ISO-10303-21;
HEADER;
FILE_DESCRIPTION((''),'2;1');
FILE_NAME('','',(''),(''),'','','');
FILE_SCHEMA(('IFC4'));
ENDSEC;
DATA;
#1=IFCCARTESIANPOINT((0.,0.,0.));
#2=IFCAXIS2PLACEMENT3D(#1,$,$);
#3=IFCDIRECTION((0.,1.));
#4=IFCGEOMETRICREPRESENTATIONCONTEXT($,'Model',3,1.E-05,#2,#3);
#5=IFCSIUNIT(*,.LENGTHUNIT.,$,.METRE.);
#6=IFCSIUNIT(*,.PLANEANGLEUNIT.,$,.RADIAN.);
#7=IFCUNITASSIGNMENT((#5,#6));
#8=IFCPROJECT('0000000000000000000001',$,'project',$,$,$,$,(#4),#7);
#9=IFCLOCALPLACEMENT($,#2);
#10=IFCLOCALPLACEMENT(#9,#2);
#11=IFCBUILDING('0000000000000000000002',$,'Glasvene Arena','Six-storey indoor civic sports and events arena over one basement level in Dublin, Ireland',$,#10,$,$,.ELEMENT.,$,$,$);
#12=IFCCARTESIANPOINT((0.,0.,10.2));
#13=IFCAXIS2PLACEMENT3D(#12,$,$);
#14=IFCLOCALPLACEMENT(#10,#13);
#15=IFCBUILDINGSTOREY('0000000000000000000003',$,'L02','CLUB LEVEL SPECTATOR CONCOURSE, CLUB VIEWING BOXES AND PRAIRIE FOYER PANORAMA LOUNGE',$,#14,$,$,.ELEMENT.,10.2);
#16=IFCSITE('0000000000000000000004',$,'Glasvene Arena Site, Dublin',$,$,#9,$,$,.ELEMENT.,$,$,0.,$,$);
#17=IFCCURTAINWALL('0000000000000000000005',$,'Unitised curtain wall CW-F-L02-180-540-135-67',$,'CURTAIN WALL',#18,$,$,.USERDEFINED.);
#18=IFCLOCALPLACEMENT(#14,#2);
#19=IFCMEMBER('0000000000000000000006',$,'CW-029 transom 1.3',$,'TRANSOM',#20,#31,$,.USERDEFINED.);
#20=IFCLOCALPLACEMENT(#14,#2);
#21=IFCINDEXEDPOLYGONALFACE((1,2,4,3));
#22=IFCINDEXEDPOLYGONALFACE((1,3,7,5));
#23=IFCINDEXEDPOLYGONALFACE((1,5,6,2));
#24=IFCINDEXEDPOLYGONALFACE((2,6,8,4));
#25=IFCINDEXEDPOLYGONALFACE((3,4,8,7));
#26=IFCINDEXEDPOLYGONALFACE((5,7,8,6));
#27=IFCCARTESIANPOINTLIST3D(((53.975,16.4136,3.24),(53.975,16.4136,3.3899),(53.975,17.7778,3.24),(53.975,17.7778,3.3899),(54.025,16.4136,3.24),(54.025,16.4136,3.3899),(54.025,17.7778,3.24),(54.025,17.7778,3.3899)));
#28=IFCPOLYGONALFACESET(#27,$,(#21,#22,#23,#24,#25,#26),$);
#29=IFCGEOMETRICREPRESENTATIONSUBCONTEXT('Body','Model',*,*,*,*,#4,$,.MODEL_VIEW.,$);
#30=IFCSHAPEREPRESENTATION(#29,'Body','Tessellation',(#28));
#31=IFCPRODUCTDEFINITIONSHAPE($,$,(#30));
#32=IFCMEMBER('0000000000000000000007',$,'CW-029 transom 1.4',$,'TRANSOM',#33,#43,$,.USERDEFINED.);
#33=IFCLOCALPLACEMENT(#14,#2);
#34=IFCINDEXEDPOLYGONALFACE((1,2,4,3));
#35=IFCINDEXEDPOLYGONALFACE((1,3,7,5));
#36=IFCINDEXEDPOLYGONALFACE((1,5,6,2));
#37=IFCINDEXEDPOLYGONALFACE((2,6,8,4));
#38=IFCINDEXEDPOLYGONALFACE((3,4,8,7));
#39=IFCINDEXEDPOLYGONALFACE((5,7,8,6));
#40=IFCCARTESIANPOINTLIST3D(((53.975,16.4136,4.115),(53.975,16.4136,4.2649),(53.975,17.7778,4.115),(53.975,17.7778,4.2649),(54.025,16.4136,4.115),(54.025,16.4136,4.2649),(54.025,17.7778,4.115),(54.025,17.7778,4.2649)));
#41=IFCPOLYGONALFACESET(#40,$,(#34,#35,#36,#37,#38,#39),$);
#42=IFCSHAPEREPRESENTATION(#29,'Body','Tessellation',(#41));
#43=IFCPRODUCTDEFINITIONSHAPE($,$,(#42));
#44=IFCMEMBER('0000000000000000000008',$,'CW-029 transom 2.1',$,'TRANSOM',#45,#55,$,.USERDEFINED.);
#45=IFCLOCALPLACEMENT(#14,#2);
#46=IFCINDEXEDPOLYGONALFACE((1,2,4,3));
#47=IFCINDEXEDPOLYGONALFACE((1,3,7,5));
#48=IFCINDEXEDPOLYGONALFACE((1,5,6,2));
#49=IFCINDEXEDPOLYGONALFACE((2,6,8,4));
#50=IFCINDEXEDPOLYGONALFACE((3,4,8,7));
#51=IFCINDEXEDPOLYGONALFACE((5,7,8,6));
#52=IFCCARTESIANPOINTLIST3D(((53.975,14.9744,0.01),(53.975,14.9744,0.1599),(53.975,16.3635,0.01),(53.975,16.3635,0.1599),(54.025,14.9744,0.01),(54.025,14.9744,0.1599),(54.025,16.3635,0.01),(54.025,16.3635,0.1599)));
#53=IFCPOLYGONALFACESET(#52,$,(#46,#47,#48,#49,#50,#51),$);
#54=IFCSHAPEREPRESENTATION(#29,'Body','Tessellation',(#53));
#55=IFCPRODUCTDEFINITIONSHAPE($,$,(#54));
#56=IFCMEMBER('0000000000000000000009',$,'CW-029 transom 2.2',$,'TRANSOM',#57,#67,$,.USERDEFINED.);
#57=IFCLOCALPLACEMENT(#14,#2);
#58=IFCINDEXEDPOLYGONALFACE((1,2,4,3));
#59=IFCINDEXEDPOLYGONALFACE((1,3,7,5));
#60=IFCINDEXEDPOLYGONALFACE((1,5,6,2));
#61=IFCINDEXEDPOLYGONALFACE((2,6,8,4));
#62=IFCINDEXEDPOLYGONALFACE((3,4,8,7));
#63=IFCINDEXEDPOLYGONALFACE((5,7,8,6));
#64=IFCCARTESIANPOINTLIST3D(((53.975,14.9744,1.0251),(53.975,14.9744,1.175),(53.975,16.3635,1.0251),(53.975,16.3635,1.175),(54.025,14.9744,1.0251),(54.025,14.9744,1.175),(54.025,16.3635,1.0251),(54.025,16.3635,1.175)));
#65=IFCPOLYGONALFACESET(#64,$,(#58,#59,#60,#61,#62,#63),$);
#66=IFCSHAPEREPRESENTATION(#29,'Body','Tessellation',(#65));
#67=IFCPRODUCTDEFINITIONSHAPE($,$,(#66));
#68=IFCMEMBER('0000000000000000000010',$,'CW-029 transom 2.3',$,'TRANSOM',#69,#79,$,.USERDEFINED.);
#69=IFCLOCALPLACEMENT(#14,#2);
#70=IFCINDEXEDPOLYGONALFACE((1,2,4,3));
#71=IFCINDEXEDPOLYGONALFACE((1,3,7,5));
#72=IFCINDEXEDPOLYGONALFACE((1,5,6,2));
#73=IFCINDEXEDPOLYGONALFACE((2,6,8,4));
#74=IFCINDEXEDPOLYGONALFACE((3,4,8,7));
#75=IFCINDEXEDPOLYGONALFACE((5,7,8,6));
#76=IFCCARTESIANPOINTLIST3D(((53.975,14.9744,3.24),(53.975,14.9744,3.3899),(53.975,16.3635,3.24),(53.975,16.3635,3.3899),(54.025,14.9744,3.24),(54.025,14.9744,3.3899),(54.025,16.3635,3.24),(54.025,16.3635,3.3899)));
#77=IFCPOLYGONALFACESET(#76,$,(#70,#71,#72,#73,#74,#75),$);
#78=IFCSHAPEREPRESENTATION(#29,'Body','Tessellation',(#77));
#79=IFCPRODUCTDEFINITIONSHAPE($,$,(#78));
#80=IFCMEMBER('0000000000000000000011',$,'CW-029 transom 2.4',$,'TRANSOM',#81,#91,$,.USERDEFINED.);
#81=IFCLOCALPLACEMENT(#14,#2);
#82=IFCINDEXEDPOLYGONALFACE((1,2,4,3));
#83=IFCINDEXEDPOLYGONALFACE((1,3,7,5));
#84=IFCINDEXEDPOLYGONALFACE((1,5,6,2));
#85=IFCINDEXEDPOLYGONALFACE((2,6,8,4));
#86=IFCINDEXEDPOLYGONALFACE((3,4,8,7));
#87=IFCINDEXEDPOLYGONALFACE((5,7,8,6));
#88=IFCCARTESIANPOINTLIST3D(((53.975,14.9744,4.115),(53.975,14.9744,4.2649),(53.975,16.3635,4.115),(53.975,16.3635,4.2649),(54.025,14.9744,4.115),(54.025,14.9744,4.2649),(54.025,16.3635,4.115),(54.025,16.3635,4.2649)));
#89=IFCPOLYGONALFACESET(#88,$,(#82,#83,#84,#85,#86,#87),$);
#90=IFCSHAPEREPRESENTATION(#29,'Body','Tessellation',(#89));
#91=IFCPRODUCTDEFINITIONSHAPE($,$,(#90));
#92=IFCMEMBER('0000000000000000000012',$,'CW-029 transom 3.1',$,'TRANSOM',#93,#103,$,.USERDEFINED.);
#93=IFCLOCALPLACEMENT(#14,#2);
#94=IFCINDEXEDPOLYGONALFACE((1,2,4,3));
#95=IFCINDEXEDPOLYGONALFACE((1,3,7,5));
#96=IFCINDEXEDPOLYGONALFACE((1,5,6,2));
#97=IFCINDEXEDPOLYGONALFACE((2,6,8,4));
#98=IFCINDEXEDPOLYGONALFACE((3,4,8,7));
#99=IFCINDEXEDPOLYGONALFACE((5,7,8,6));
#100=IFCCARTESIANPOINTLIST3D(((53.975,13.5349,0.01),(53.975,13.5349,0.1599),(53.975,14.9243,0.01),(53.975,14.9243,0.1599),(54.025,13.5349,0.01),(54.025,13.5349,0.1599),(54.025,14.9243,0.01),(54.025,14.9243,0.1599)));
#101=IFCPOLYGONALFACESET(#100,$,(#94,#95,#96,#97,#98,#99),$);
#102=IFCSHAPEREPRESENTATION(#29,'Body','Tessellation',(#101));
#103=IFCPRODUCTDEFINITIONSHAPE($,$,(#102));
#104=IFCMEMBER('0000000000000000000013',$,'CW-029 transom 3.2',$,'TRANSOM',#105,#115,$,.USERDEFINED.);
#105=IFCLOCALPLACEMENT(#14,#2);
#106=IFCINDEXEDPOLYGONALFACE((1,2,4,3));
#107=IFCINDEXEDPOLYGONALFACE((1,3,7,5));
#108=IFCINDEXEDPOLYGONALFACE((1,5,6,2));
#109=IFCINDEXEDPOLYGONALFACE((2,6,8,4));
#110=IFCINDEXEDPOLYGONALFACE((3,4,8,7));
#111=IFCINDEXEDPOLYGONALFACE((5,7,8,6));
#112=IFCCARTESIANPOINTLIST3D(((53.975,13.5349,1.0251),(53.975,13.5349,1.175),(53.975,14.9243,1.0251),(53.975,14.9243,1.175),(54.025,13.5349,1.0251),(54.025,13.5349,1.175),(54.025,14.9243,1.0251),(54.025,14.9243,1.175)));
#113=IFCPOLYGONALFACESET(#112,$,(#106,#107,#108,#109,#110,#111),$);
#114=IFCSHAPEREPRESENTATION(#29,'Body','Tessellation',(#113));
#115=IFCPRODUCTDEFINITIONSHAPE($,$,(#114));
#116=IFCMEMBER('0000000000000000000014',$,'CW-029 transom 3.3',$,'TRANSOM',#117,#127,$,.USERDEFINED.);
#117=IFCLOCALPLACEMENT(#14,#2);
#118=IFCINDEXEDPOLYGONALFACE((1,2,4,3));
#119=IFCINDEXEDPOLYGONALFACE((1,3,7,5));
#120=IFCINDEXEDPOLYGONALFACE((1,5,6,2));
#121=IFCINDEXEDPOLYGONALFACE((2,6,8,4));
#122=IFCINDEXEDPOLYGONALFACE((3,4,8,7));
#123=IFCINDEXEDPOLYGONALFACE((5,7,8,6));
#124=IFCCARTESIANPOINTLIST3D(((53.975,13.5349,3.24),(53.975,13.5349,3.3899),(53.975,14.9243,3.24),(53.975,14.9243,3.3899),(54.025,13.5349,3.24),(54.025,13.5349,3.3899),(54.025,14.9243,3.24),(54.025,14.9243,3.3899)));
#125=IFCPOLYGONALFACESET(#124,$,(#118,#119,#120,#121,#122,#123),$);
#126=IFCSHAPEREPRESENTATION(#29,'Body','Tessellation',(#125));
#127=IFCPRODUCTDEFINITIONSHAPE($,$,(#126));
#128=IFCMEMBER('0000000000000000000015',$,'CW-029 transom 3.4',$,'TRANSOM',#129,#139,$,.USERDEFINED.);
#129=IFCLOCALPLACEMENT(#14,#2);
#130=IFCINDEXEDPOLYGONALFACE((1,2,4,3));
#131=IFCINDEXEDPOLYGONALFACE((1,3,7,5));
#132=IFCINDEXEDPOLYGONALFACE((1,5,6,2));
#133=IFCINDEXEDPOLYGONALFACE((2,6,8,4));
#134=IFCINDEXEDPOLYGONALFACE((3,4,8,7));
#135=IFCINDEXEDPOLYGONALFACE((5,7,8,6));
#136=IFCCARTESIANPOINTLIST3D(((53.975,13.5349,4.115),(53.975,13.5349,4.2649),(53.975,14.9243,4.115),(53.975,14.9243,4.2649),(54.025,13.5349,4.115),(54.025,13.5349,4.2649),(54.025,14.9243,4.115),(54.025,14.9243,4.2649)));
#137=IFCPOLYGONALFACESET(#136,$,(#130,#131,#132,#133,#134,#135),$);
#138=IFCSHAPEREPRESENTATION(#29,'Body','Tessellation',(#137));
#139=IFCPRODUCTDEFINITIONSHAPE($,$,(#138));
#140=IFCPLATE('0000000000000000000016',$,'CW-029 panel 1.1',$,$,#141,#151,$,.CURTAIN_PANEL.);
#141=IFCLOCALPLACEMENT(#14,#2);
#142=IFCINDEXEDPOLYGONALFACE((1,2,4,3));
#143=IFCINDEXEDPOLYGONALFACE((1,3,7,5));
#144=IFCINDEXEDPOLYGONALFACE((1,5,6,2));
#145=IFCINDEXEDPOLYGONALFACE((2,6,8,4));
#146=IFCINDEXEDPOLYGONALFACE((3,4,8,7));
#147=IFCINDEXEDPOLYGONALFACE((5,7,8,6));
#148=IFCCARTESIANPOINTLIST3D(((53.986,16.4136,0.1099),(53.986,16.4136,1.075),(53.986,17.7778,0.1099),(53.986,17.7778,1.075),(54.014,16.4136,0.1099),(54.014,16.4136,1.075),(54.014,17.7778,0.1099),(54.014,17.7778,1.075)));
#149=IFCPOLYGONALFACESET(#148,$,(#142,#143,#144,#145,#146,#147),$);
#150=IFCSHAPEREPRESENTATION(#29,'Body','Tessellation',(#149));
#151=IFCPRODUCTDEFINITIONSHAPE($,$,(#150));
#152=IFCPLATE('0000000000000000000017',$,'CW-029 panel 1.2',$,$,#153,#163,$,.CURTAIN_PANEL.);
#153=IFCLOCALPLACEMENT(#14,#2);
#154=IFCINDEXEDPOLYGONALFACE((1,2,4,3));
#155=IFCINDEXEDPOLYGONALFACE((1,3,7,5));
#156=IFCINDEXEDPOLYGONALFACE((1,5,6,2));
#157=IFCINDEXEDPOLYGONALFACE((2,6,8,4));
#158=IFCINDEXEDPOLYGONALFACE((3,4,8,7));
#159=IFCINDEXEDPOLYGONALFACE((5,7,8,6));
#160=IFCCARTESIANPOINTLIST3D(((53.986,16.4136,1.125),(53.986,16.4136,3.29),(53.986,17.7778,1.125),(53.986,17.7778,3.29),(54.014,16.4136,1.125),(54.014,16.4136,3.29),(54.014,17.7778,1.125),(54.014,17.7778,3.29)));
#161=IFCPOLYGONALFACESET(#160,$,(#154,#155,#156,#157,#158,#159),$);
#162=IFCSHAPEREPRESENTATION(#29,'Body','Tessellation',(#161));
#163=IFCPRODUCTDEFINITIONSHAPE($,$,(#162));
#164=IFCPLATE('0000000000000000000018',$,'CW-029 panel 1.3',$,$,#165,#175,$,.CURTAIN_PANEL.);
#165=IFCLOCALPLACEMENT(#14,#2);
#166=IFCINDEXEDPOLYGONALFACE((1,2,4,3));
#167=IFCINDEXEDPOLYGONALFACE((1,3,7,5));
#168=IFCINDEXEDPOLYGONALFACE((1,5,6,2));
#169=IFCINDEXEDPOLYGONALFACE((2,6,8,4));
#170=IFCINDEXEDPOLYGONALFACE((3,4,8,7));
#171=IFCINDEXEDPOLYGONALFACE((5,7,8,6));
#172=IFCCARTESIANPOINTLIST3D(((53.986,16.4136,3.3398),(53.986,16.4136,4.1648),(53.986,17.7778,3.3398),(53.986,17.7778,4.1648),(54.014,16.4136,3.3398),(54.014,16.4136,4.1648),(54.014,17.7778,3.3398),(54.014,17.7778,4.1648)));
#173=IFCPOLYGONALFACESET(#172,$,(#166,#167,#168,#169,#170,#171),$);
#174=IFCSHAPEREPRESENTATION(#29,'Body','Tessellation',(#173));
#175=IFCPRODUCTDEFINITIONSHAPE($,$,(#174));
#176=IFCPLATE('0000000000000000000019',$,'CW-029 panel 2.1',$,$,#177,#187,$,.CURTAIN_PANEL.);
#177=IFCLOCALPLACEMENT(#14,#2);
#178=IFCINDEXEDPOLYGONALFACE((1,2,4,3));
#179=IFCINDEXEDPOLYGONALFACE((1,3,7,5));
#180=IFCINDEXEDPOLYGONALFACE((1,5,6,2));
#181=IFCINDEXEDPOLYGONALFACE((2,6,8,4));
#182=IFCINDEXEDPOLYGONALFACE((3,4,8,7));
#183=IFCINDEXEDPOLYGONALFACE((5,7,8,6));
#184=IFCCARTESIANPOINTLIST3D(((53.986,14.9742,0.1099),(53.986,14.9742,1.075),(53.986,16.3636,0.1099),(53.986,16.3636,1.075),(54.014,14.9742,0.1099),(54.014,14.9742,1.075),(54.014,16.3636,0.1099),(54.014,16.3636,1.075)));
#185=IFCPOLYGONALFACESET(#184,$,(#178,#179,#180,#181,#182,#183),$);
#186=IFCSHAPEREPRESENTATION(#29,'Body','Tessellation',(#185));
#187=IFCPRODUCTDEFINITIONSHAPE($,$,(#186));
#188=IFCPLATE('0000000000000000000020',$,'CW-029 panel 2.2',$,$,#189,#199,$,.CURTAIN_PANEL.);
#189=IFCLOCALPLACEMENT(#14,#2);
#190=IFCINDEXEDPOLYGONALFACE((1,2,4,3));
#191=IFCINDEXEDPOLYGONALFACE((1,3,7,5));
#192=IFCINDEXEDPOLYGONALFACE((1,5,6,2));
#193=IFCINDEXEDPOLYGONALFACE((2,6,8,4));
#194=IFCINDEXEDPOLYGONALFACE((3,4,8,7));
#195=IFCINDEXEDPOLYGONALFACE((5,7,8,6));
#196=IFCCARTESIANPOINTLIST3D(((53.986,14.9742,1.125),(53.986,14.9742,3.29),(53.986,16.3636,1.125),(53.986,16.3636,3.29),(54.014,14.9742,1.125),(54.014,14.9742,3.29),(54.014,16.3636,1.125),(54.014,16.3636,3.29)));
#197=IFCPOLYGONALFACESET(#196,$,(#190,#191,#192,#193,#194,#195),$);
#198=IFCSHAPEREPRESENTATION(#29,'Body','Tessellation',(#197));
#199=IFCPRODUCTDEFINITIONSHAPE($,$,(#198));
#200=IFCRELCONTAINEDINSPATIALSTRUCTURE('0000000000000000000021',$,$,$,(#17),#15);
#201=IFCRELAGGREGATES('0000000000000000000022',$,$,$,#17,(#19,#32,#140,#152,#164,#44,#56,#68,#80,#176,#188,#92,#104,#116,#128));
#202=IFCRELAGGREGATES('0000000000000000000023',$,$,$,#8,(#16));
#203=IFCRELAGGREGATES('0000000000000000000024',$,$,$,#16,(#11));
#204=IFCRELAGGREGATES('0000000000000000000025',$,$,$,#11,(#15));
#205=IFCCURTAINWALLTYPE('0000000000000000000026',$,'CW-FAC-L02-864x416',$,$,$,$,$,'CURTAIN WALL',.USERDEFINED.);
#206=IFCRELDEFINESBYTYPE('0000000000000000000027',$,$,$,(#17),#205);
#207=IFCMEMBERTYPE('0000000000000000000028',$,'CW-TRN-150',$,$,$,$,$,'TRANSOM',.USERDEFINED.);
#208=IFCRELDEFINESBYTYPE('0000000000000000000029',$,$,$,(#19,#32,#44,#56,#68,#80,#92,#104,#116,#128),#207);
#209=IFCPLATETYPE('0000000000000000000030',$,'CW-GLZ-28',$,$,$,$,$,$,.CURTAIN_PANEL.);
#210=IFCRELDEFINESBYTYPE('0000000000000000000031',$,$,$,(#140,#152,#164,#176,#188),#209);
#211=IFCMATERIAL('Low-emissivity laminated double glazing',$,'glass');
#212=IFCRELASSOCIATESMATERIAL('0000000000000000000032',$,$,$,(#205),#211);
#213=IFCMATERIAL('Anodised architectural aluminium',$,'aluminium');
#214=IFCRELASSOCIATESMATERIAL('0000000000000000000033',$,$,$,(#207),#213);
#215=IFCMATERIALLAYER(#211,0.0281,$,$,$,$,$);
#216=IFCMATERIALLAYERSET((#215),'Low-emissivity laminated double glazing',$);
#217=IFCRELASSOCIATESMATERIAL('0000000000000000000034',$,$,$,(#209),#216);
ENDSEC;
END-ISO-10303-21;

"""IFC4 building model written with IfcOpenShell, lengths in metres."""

from ifc_helpers import new_model, si_unit, direction, frame, origin, origin_2d, place, context, subcontext, project, spatial, rectangle, extrude, material, layer, layer_set, material_profile, profile_set, type_object, element, aggregate, save


model = new_model("IFC4")

# Units and contexts
model_context = context("Model", 3, precision=1e-05, world=origin(), true_north=direction((0.0, 1.0)))
body_context = subcontext(model_context, "Body", "Model", "MODEL_VIEW")
ifc_project = project(units=[si_unit("LENGTHUNIT", "METRE"), si_unit("PLANEANGLEUNIT", "RADIAN")], contexts=[model_context])

# Site, building, storey
site_placement = place(None, origin())
site = spatial("IfcSite", under=ifc_project, at=site_placement, Name="Glasvene Arena Site, Dublin", CompositionType="ELEMENT", RefElevation=0.0)
building_placement = place(site_placement, origin())
building = spatial("IfcBuilding", under=site, at=building_placement, Name="Glasvene Arena", Description="Six-storey indoor civic sports and events arena over one basement level in Dublin, Ireland", CompositionType="ELEMENT")
storey_placement = place(building_placement, frame((0.0, 0.0, 10.2)))
storey = spatial("IfcBuildingStorey", under=building, at=storey_placement, Name="L02", Description="CLUB LEVEL SPECTATOR CONCOURSE, CLUB VIEWING BOXES AND PRAIRIE FOYER PANORAMA LOUNGE", CompositionType="ELEMENT", Elevation=10.2)

# Shared definitions
ifc_material_1 = material(Name="Low-emissivity laminated double glazing", Category="glass")
ifc_material_2 = material(Name="Anodised architectural aluminium", Category="aluminium")

# Curtain wall
curtain_wall_type_1 = type_object("IfcCurtainWallType", Name="CW-FAC-L02-864x416", ElementType="CURTAIN WALL", PredefinedType="USERDEFINED", material=ifc_material_1)
curtain_wall_1_placement = place(storey_placement, frame((54.0, 17.8279, 0.0)))
curtain_wall_1 = element("IfcCurtainWall", 1, at=curtain_wall_1_placement, inside=storey, type_object=curtain_wall_type_1, Name="Unitised curtain wall CW-F-L02-180-540-135-67", ObjectType="CURTAIN WALL", PredefinedType="USERDEFINED")

# Members
ifc_material_profile_1 = material_profile(ifc_material_2, rectangle(XDim=0.05, YDim=0.1499, at=origin_2d()), Name="ALU TRANSOM 50x150")
ifc_profile_set_1 = profile_set([ifc_material_profile_1], Name="Anodised architectural aluminium")
member_type_1 = type_object("IfcMemberType", Name="CW-TRN-150", ElementType="TRANSOM", PredefinedType="USERDEFINED", material=ifc_profile_set_1)
member_1_placement = place(storey_placement, frame((54.0, 17.7778, 3.3149), z_axis=(0.0, -1.0, 0.0), x_axis=(1.0, 0.0, 0.0)))
member_1 = element("IfcMember", 2, at=member_1_placement, type_object=member_type_1, Name="CW-029 transom 1.3", ObjectType="TRANSOM", PredefinedType="USERDEFINED", context=body_context, shape_type="SweptSolid", body=[
    extrude(rectangle(XDim=0.05, YDim=0.1499, at=origin_2d()), origin(), (0.0, 0.0, 1.0), 1.3643),
])
member_2_placement = place(storey_placement, frame((54.0, 17.7778, 4.1899), z_axis=(0.0, -1.0, 0.0), x_axis=(1.0, 0.0, 0.0)))
member_2 = element("IfcMember", 3, at=member_2_placement, type_object=member_type_1, Name="CW-029 transom 1.4", ObjectType="TRANSOM", PredefinedType="USERDEFINED", context=body_context, shape_type="SweptSolid", body=[
    extrude(rectangle(XDim=0.05, YDim=0.1499, at=origin_2d()), origin(), (0.0, 0.0, 1.0), 1.3643),
])
member_3_placement = place(storey_placement, frame((54.0, 16.3635, 0.085), z_axis=(0.0, -1.0, 0.0), x_axis=(1.0, 0.0, 0.0)))
member_3 = element("IfcMember", 4, at=member_3_placement, type_object=member_type_1, Name="CW-029 transom 2.1", ObjectType="TRANSOM", PredefinedType="USERDEFINED", context=body_context, shape_type="SweptSolid", body=[
    extrude(rectangle(XDim=0.05, YDim=0.1499, at=origin_2d()), origin(), (0.0, 0.0, 1.0), 1.3892),
])
member_4_placement = place(storey_placement, frame((54.0, 16.3635, 1.1001), z_axis=(0.0, -1.0, 0.0), x_axis=(1.0, 0.0, 0.0)))
member_4 = element("IfcMember", 5, at=member_4_placement, type_object=member_type_1, Name="CW-029 transom 2.2", ObjectType="TRANSOM", PredefinedType="USERDEFINED", context=body_context, shape_type="SweptSolid", body=[
    extrude(rectangle(XDim=0.05, YDim=0.1499, at=origin_2d()), origin(), (0.0, 0.0, 1.0), 1.3892),
])
member_5_placement = place(storey_placement, frame((54.0, 16.3635, 3.3149), z_axis=(0.0, -1.0, 0.0), x_axis=(1.0, 0.0, 0.0)))
member_5 = element("IfcMember", 6, at=member_5_placement, type_object=member_type_1, Name="CW-029 transom 2.3", ObjectType="TRANSOM", PredefinedType="USERDEFINED", context=body_context, shape_type="SweptSolid", body=[
    extrude(rectangle(XDim=0.05, YDim=0.1499, at=origin_2d()), origin(), (0.0, 0.0, 1.0), 1.3892),
])
member_6_placement = place(storey_placement, frame((54.0, 16.3635, 4.1899), z_axis=(0.0, -1.0, 0.0), x_axis=(1.0, 0.0, 0.0)))
member_6 = element("IfcMember", 7, at=member_6_placement, type_object=member_type_1, Name="CW-029 transom 2.4", ObjectType="TRANSOM", PredefinedType="USERDEFINED", context=body_context, shape_type="SweptSolid", body=[
    extrude(rectangle(XDim=0.05, YDim=0.1499, at=origin_2d()), origin(), (0.0, 0.0, 1.0), 1.3892),
])
member_7_placement = place(storey_placement, frame((54.0, 14.9243, 0.085), z_axis=(0.0, -1.0, 0.0), x_axis=(1.0, 0.0, 0.0)))
member_7 = element("IfcMember", 8, at=member_7_placement, type_object=member_type_1, Name="CW-029 transom 3.1", ObjectType="TRANSOM", PredefinedType="USERDEFINED", context=body_context, shape_type="SweptSolid", body=[
    extrude(rectangle(XDim=0.05, YDim=0.1499, at=origin_2d()), origin(), (0.0, 0.0, 1.0), 1.3894),
])
member_8_placement = place(storey_placement, frame((54.0, 14.9243, 1.1001), z_axis=(0.0, -1.0, 0.0), x_axis=(1.0, 0.0, 0.0)))
member_8 = element("IfcMember", 9, at=member_8_placement, type_object=member_type_1, Name="CW-029 transom 3.2", ObjectType="TRANSOM", PredefinedType="USERDEFINED", context=body_context, shape_type="SweptSolid", body=[
    extrude(rectangle(XDim=0.05, YDim=0.1499, at=origin_2d()), origin(), (0.0, 0.0, 1.0), 1.3894),
])
member_9_placement = place(storey_placement, frame((54.0, 14.9243, 3.3149), z_axis=(0.0, -1.0, 0.0), x_axis=(1.0, 0.0, 0.0)))
member_9 = element("IfcMember", 10, at=member_9_placement, type_object=member_type_1, Name="CW-029 transom 3.3", ObjectType="TRANSOM", PredefinedType="USERDEFINED", context=body_context, shape_type="SweptSolid", body=[
    extrude(rectangle(XDim=0.05, YDim=0.1499, at=origin_2d()), origin(), (0.0, 0.0, 1.0), 1.3894),
])
member_10_placement = place(storey_placement, frame((54.0, 14.9243, 4.1899), z_axis=(0.0, -1.0, 0.0), x_axis=(1.0, 0.0, 0.0)))
member_10 = element("IfcMember", 11, at=member_10_placement, type_object=member_type_1, Name="CW-029 transom 3.4", ObjectType="TRANSOM", PredefinedType="USERDEFINED", context=body_context, shape_type="SweptSolid", body=[
    extrude(rectangle(XDim=0.05, YDim=0.1499, at=origin_2d()), origin(), (0.0, 0.0, 1.0), 1.3894),
])

# Plates
ifc_layer = layer(ifc_material_1, 0.0281)
ifc_layer_set = layer_set([ifc_layer], Name="Low-emissivity laminated double glazing")
plate_type = type_object("IfcPlateType", Name="CW-GLZ-28", PredefinedType="CURTAIN_PANEL", material=ifc_layer_set)
plate_1_placement = place(storey_placement, frame((54.0, 17.0957, 0.1099), z_axis=(0.0, 0.0, 1.0), x_axis=(0.0, -1.0, 0.0)))
plate_1 = element("IfcPlate", 12, at=plate_1_placement, type_object=plate_type, Name="CW-029 panel 1.1", PredefinedType="CURTAIN_PANEL", context=body_context, shape_type="SweptSolid", body=[
    extrude(rectangle(XDim=1.3643, YDim=0.0281, at=origin_2d()), origin(), (0.0, 0.0, 1.0), 0.9651),
])
plate_2_placement = place(storey_placement, frame((54.0, 17.0957, 1.125), z_axis=(0.0, 0.0, 1.0), x_axis=(0.0, -1.0, 0.0)))
plate_2 = element("IfcPlate", 13, at=plate_2_placement, type_object=plate_type, Name="CW-029 panel 1.2", PredefinedType="CURTAIN_PANEL", context=body_context, shape_type="SweptSolid", body=[
    extrude(rectangle(XDim=1.3643, YDim=0.0281, at=origin_2d()), origin(), (0.0, 0.0, 1.0), 2.165),
])
plate_3_placement = place(storey_placement, frame((54.0, 17.0957, 3.3398), z_axis=(0.0, 0.0, 1.0), x_axis=(0.0, -1.0, 0.0)))
plate_3 = element("IfcPlate", 14, at=plate_3_placement, type_object=plate_type, Name="CW-029 panel 1.3", PredefinedType="CURTAIN_PANEL", context=body_context, shape_type="SweptSolid", body=[
    extrude(rectangle(XDim=1.3643, YDim=0.0281, at=origin_2d()), origin(), (0.0, 0.0, 1.0), 0.825),
])
plate_4_placement = place(storey_placement, frame((54.0, 15.6689, 0.1099), z_axis=(0.0, 0.0, 1.0), x_axis=(0.0, -1.0, 0.0)))
plate_4 = element("IfcPlate", 15, at=plate_4_placement, type_object=plate_type, Name="CW-029 panel 2.1", PredefinedType="CURTAIN_PANEL", context=body_context, shape_type="SweptSolid", body=[
    extrude(rectangle(XDim=1.3894, YDim=0.0281, at=origin_2d()), origin(), (0.0, 0.0, 1.0), 0.9651),
])
plate_5_placement = place(storey_placement, frame((54.0, 15.6689, 1.125), z_axis=(0.0, 0.0, 1.0), x_axis=(0.0, -1.0, 0.0)))
plate_5 = element("IfcPlate", 16, at=plate_5_placement, type_object=plate_type, Name="CW-029 panel 2.2", PredefinedType="CURTAIN_PANEL", context=body_context, shape_type="SweptSolid", body=[
    extrude(rectangle(XDim=1.3894, YDim=0.0281, at=origin_2d()), origin(), (0.0, 0.0, 1.0), 2.165),
])
aggregate(curtain_wall_1, [member_1, member_2, plate_1, plate_2, plate_3, member_3, member_4, member_5, member_6, plate_4, plate_5, member_7, member_8, member_9, member_10])

save(model, "model.ifc")
